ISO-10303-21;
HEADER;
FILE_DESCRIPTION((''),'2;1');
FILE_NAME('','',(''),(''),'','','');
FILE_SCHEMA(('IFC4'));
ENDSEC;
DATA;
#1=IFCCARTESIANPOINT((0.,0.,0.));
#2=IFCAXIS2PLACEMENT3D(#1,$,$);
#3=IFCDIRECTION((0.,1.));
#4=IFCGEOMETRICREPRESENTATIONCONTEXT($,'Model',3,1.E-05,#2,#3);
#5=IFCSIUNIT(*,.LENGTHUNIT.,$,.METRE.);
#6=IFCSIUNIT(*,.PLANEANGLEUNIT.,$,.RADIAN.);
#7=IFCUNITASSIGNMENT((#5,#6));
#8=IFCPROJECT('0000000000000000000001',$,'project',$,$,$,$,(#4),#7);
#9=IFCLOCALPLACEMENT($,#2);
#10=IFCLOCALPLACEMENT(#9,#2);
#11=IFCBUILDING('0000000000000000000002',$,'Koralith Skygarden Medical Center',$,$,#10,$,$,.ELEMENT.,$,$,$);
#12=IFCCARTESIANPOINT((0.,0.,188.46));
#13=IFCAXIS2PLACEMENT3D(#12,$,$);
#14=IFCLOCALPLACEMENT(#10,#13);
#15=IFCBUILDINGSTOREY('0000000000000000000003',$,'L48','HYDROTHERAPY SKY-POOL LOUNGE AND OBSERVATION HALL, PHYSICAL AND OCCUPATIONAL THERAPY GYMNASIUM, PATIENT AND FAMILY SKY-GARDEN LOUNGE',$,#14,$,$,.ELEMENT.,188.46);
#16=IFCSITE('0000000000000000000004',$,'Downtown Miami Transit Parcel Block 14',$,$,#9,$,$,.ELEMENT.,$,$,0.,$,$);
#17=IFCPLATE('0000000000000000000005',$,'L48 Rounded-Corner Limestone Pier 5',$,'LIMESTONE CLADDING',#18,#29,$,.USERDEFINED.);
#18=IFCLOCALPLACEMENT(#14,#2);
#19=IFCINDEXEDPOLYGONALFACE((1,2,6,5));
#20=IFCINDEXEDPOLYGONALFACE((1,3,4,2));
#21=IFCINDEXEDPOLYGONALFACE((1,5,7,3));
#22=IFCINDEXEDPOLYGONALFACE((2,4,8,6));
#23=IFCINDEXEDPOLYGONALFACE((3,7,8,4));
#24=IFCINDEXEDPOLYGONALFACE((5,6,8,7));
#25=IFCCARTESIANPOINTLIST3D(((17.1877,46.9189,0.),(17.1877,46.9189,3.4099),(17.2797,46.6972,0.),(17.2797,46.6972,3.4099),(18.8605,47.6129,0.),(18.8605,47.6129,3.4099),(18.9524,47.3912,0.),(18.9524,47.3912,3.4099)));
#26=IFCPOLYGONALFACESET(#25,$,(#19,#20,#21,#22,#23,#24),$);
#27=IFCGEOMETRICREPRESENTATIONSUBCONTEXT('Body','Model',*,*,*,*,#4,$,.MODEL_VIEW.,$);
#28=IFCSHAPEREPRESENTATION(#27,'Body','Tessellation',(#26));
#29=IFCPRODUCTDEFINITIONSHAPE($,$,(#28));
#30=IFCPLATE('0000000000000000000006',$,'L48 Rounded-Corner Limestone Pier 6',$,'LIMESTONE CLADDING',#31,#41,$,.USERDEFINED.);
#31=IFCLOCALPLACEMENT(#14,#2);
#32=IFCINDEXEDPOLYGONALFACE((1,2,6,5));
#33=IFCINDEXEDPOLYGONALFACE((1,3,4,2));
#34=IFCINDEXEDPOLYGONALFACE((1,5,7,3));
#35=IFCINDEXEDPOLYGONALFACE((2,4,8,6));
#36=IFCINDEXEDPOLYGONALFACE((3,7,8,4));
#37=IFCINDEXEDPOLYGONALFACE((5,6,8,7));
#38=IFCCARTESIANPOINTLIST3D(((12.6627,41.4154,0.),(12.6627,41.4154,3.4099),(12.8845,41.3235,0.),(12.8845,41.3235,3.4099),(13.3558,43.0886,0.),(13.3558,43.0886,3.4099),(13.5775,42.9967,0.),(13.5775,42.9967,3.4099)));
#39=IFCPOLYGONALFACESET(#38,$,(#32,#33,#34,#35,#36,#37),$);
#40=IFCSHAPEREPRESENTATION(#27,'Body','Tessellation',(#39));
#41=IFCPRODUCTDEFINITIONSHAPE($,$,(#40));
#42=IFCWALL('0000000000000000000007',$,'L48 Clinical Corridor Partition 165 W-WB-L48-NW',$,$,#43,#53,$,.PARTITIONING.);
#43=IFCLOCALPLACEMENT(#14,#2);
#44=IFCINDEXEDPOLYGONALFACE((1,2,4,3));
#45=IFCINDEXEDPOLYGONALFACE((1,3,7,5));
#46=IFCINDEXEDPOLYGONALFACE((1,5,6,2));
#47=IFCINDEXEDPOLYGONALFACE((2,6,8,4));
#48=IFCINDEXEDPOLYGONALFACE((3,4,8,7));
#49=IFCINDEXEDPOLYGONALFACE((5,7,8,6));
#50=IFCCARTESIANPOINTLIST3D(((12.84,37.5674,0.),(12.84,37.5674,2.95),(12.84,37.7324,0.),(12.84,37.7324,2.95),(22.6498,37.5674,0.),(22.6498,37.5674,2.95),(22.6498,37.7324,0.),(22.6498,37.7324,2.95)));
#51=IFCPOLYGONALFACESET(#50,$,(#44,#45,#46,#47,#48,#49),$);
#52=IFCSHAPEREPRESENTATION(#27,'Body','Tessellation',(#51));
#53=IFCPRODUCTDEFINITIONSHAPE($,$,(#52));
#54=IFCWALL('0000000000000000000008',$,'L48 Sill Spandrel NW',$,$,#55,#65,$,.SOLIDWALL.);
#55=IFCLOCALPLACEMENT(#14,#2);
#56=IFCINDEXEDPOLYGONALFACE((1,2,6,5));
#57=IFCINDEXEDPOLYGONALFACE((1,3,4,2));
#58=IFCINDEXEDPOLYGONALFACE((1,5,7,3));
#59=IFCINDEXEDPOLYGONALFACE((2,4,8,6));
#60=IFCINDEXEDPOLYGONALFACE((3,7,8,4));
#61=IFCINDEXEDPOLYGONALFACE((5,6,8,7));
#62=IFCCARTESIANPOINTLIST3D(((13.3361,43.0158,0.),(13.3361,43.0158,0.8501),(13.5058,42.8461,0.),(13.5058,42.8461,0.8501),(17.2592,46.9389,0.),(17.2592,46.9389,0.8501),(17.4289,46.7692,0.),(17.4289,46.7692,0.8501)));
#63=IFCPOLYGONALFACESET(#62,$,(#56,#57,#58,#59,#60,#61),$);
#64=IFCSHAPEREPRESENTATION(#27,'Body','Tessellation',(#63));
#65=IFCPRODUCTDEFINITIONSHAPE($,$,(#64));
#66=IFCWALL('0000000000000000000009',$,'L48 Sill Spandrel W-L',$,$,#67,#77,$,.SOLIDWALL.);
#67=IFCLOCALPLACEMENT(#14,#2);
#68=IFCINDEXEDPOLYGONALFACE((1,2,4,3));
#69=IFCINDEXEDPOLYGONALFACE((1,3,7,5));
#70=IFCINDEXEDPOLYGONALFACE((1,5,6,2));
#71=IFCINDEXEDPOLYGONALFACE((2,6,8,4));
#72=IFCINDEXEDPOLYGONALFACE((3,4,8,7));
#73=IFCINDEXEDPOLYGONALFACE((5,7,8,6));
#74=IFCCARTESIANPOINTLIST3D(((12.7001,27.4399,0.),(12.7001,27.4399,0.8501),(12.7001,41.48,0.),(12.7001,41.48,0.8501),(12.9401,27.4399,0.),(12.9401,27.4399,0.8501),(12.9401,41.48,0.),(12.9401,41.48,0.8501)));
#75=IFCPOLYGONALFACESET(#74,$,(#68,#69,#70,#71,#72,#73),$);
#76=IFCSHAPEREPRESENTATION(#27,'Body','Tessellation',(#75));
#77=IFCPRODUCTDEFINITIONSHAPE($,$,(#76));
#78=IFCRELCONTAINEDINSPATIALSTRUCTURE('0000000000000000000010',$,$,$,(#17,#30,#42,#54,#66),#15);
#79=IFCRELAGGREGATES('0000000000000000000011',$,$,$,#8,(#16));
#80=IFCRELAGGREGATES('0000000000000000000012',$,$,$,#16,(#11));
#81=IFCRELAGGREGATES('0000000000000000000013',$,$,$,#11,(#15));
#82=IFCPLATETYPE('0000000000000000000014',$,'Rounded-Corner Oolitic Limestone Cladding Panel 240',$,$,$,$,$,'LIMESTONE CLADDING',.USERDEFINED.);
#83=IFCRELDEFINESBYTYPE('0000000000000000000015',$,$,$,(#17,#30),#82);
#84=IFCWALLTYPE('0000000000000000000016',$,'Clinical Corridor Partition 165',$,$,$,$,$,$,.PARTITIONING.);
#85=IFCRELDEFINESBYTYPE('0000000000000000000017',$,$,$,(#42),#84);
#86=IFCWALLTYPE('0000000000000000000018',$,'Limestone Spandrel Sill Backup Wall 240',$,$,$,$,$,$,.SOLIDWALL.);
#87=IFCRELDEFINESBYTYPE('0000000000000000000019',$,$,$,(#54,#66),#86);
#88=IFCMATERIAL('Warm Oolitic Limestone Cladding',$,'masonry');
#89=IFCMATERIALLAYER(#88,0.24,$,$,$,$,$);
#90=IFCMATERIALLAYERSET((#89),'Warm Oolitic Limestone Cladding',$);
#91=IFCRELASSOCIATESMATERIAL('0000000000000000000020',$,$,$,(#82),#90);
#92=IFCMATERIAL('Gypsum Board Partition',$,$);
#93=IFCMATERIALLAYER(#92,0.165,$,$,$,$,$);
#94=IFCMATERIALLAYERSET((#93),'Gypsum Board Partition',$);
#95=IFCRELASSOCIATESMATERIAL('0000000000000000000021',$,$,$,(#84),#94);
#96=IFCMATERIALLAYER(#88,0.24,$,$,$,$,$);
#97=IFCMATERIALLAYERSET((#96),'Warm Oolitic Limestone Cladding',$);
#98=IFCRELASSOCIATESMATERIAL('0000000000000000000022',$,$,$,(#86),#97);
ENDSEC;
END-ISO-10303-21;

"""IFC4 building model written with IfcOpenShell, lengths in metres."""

from ifc_helpers import new_model, si_unit, direction, frame, frame_2d, origin, origin_2d, place, context, subcontext, project, spatial, rectangle, extrude, material, layer, layer_set, type_object, element, save


model = new_model("IFC4")

# Units and contexts
model_context = context("Model", 3, precision=1e-05, world=origin(), true_north=direction((0.0, 1.0)))
body_context = subcontext(model_context, "Body", "Model", "MODEL_VIEW")
ifc_project = project(units=[si_unit("LENGTHUNIT", "METRE"), si_unit("PLANEANGLEUNIT", "RADIAN")], contexts=[model_context])

# Site, building, storey
site_placement = place(None, origin())
site = spatial("IfcSite", under=ifc_project, at=site_placement, Name="Downtown Miami Transit Parcel Block 14", CompositionType="ELEMENT", RefElevation=0.0)
building_placement = place(site_placement, origin())
building = spatial("IfcBuilding", under=site, at=building_placement, Name="Koralith Skygarden Medical Center", CompositionType="ELEMENT")
storey_placement = place(building_placement, frame((0.0, 0.0, 188.46)))
storey = spatial("IfcBuildingStorey", under=building, at=storey_placement, Name="L48", Description="HYDROTHERAPY SKY-POOL LOUNGE AND OBSERVATION HALL, PHYSICAL AND OCCUPATIONAL THERAPY GYMNASIUM, PATIENT AND FAMILY SKY-GARDEN LOUNGE", CompositionType="ELEMENT", Elevation=188.46)

# Plates
ifc_material_1 = material(Name="Warm Oolitic Limestone Cladding", Category="masonry")
ifc_layer_1 = layer(ifc_material_1, 0.24)
ifc_layer_set_1 = layer_set([ifc_layer_1], Name="Warm Oolitic Limestone Cladding")
plate_type_1 = type_object("IfcPlateType", Name="Rounded-Corner Oolitic Limestone Cladding Panel 240", ElementType="LIMESTONE CLADDING", PredefinedType="USERDEFINED", material=ifc_layer_set_1)
for number, where, z_axis, x_axis, name in (
    (1, (18.0701, 47.155, 0.0), (0.0, 0.0, 1.0), (-0.92366, -0.383214, 0.0), "L48 Rounded-Corner Limestone Pier 5"),
    (2, (13.1201, 42.2061, 0.0), (0.0, 0.0, 1.0), (-0.382671, -0.923885, 0.0), "L48 Rounded-Corner Limestone Pier 6"),
):
    element("IfcPlate", number, at=place(storey_placement, frame(where, z_axis=z_axis, x_axis=x_axis)), inside=storey, type_object=plate_type_1, Name=name, ObjectType="LIMESTONE CLADDING", PredefinedType="USERDEFINED", context=body_context, shape_type="SweptSolid", body=[
        extrude(rectangle(XDim=1.811, YDim=0.24, at=origin_2d()), origin(), (0.0, 0.0, 1.0), 3.4099),
    ])

# Walls
ifc_material_2 = material(Name="Gypsum Board Partition")
ifc_layer_2 = layer(ifc_material_2, 0.165)
ifc_layer_set_2 = layer_set([ifc_layer_2], Name="Gypsum Board Partition")
wall_type_1 = type_object("IfcWallType", Name="Clinical Corridor Partition 165", PredefinedType="PARTITIONING", material=ifc_layer_set_2)
wall_1_placement = place(storey_placement, frame((12.8401, 37.6499, 0.0), z_axis=(0.0, 0.0, 1.0), x_axis=(1.0, 0.0, 0.0)))
element("IfcWall", 3, at=wall_1_placement, inside=storey, type_object=wall_type_1, Name="L48 Clinical Corridor Partition 165 W-WB-L48-NW", PredefinedType="PARTITIONING", context=body_context, shape_type="SweptSolid", body=[
    extrude(rectangle(XDim=9.8098, YDim=0.165, at=frame_2d((4.9048, 0.0))), origin(), (0.0, 0.0, 1.0), 2.95),
])
ifc_layer_3 = layer(ifc_material_1, 0.24)
ifc_layer_set_3 = layer_set([ifc_layer_3], Name="Warm Oolitic Limestone Cladding")
wall_type_2 = type_object("IfcWallType", Name="Limestone Spandrel Sill Backup Wall 240", PredefinedType="SOLIDWALL", material=ifc_layer_set_3)
wall_2_placement = place(storey_placement, frame((17.344, 46.854, 0.0), z_axis=(0.0, 0.0, 1.0), x_axis=(-0.707107, -0.707107, 0.0)))
element("IfcWall", 4, at=wall_2_placement, inside=storey, type_object=wall_type_2, Name="L48 Sill Spandrel NW", PredefinedType="SOLIDWALL", context=body_context, shape_type="SweptSolid", body=[
    extrude(rectangle(XDim=5.5481, YDim=0.24, at=frame_2d((2.7739, 0.0))), origin(), (0.0, 0.0, 1.0), 0.8501),
])
wall_3_placement = place(storey_placement, frame((12.8201, 41.48, 0.0), z_axis=(0.0, 0.0, 1.0), x_axis=(0.0, -1.0, 0.0)))
element("IfcWall", 5, at=wall_3_placement, inside=storey, type_object=wall_type_2, Name="L48 Sill Spandrel W-L", PredefinedType="SOLIDWALL", context=body_context, shape_type="SweptSolid", body=[
    extrude(rectangle(XDim=14.04, YDim=0.24, at=frame_2d((7.02, 0.0))), origin(), (0.0, 0.0, 1.0), 0.8501),
])

save(model, "model.ifc")
